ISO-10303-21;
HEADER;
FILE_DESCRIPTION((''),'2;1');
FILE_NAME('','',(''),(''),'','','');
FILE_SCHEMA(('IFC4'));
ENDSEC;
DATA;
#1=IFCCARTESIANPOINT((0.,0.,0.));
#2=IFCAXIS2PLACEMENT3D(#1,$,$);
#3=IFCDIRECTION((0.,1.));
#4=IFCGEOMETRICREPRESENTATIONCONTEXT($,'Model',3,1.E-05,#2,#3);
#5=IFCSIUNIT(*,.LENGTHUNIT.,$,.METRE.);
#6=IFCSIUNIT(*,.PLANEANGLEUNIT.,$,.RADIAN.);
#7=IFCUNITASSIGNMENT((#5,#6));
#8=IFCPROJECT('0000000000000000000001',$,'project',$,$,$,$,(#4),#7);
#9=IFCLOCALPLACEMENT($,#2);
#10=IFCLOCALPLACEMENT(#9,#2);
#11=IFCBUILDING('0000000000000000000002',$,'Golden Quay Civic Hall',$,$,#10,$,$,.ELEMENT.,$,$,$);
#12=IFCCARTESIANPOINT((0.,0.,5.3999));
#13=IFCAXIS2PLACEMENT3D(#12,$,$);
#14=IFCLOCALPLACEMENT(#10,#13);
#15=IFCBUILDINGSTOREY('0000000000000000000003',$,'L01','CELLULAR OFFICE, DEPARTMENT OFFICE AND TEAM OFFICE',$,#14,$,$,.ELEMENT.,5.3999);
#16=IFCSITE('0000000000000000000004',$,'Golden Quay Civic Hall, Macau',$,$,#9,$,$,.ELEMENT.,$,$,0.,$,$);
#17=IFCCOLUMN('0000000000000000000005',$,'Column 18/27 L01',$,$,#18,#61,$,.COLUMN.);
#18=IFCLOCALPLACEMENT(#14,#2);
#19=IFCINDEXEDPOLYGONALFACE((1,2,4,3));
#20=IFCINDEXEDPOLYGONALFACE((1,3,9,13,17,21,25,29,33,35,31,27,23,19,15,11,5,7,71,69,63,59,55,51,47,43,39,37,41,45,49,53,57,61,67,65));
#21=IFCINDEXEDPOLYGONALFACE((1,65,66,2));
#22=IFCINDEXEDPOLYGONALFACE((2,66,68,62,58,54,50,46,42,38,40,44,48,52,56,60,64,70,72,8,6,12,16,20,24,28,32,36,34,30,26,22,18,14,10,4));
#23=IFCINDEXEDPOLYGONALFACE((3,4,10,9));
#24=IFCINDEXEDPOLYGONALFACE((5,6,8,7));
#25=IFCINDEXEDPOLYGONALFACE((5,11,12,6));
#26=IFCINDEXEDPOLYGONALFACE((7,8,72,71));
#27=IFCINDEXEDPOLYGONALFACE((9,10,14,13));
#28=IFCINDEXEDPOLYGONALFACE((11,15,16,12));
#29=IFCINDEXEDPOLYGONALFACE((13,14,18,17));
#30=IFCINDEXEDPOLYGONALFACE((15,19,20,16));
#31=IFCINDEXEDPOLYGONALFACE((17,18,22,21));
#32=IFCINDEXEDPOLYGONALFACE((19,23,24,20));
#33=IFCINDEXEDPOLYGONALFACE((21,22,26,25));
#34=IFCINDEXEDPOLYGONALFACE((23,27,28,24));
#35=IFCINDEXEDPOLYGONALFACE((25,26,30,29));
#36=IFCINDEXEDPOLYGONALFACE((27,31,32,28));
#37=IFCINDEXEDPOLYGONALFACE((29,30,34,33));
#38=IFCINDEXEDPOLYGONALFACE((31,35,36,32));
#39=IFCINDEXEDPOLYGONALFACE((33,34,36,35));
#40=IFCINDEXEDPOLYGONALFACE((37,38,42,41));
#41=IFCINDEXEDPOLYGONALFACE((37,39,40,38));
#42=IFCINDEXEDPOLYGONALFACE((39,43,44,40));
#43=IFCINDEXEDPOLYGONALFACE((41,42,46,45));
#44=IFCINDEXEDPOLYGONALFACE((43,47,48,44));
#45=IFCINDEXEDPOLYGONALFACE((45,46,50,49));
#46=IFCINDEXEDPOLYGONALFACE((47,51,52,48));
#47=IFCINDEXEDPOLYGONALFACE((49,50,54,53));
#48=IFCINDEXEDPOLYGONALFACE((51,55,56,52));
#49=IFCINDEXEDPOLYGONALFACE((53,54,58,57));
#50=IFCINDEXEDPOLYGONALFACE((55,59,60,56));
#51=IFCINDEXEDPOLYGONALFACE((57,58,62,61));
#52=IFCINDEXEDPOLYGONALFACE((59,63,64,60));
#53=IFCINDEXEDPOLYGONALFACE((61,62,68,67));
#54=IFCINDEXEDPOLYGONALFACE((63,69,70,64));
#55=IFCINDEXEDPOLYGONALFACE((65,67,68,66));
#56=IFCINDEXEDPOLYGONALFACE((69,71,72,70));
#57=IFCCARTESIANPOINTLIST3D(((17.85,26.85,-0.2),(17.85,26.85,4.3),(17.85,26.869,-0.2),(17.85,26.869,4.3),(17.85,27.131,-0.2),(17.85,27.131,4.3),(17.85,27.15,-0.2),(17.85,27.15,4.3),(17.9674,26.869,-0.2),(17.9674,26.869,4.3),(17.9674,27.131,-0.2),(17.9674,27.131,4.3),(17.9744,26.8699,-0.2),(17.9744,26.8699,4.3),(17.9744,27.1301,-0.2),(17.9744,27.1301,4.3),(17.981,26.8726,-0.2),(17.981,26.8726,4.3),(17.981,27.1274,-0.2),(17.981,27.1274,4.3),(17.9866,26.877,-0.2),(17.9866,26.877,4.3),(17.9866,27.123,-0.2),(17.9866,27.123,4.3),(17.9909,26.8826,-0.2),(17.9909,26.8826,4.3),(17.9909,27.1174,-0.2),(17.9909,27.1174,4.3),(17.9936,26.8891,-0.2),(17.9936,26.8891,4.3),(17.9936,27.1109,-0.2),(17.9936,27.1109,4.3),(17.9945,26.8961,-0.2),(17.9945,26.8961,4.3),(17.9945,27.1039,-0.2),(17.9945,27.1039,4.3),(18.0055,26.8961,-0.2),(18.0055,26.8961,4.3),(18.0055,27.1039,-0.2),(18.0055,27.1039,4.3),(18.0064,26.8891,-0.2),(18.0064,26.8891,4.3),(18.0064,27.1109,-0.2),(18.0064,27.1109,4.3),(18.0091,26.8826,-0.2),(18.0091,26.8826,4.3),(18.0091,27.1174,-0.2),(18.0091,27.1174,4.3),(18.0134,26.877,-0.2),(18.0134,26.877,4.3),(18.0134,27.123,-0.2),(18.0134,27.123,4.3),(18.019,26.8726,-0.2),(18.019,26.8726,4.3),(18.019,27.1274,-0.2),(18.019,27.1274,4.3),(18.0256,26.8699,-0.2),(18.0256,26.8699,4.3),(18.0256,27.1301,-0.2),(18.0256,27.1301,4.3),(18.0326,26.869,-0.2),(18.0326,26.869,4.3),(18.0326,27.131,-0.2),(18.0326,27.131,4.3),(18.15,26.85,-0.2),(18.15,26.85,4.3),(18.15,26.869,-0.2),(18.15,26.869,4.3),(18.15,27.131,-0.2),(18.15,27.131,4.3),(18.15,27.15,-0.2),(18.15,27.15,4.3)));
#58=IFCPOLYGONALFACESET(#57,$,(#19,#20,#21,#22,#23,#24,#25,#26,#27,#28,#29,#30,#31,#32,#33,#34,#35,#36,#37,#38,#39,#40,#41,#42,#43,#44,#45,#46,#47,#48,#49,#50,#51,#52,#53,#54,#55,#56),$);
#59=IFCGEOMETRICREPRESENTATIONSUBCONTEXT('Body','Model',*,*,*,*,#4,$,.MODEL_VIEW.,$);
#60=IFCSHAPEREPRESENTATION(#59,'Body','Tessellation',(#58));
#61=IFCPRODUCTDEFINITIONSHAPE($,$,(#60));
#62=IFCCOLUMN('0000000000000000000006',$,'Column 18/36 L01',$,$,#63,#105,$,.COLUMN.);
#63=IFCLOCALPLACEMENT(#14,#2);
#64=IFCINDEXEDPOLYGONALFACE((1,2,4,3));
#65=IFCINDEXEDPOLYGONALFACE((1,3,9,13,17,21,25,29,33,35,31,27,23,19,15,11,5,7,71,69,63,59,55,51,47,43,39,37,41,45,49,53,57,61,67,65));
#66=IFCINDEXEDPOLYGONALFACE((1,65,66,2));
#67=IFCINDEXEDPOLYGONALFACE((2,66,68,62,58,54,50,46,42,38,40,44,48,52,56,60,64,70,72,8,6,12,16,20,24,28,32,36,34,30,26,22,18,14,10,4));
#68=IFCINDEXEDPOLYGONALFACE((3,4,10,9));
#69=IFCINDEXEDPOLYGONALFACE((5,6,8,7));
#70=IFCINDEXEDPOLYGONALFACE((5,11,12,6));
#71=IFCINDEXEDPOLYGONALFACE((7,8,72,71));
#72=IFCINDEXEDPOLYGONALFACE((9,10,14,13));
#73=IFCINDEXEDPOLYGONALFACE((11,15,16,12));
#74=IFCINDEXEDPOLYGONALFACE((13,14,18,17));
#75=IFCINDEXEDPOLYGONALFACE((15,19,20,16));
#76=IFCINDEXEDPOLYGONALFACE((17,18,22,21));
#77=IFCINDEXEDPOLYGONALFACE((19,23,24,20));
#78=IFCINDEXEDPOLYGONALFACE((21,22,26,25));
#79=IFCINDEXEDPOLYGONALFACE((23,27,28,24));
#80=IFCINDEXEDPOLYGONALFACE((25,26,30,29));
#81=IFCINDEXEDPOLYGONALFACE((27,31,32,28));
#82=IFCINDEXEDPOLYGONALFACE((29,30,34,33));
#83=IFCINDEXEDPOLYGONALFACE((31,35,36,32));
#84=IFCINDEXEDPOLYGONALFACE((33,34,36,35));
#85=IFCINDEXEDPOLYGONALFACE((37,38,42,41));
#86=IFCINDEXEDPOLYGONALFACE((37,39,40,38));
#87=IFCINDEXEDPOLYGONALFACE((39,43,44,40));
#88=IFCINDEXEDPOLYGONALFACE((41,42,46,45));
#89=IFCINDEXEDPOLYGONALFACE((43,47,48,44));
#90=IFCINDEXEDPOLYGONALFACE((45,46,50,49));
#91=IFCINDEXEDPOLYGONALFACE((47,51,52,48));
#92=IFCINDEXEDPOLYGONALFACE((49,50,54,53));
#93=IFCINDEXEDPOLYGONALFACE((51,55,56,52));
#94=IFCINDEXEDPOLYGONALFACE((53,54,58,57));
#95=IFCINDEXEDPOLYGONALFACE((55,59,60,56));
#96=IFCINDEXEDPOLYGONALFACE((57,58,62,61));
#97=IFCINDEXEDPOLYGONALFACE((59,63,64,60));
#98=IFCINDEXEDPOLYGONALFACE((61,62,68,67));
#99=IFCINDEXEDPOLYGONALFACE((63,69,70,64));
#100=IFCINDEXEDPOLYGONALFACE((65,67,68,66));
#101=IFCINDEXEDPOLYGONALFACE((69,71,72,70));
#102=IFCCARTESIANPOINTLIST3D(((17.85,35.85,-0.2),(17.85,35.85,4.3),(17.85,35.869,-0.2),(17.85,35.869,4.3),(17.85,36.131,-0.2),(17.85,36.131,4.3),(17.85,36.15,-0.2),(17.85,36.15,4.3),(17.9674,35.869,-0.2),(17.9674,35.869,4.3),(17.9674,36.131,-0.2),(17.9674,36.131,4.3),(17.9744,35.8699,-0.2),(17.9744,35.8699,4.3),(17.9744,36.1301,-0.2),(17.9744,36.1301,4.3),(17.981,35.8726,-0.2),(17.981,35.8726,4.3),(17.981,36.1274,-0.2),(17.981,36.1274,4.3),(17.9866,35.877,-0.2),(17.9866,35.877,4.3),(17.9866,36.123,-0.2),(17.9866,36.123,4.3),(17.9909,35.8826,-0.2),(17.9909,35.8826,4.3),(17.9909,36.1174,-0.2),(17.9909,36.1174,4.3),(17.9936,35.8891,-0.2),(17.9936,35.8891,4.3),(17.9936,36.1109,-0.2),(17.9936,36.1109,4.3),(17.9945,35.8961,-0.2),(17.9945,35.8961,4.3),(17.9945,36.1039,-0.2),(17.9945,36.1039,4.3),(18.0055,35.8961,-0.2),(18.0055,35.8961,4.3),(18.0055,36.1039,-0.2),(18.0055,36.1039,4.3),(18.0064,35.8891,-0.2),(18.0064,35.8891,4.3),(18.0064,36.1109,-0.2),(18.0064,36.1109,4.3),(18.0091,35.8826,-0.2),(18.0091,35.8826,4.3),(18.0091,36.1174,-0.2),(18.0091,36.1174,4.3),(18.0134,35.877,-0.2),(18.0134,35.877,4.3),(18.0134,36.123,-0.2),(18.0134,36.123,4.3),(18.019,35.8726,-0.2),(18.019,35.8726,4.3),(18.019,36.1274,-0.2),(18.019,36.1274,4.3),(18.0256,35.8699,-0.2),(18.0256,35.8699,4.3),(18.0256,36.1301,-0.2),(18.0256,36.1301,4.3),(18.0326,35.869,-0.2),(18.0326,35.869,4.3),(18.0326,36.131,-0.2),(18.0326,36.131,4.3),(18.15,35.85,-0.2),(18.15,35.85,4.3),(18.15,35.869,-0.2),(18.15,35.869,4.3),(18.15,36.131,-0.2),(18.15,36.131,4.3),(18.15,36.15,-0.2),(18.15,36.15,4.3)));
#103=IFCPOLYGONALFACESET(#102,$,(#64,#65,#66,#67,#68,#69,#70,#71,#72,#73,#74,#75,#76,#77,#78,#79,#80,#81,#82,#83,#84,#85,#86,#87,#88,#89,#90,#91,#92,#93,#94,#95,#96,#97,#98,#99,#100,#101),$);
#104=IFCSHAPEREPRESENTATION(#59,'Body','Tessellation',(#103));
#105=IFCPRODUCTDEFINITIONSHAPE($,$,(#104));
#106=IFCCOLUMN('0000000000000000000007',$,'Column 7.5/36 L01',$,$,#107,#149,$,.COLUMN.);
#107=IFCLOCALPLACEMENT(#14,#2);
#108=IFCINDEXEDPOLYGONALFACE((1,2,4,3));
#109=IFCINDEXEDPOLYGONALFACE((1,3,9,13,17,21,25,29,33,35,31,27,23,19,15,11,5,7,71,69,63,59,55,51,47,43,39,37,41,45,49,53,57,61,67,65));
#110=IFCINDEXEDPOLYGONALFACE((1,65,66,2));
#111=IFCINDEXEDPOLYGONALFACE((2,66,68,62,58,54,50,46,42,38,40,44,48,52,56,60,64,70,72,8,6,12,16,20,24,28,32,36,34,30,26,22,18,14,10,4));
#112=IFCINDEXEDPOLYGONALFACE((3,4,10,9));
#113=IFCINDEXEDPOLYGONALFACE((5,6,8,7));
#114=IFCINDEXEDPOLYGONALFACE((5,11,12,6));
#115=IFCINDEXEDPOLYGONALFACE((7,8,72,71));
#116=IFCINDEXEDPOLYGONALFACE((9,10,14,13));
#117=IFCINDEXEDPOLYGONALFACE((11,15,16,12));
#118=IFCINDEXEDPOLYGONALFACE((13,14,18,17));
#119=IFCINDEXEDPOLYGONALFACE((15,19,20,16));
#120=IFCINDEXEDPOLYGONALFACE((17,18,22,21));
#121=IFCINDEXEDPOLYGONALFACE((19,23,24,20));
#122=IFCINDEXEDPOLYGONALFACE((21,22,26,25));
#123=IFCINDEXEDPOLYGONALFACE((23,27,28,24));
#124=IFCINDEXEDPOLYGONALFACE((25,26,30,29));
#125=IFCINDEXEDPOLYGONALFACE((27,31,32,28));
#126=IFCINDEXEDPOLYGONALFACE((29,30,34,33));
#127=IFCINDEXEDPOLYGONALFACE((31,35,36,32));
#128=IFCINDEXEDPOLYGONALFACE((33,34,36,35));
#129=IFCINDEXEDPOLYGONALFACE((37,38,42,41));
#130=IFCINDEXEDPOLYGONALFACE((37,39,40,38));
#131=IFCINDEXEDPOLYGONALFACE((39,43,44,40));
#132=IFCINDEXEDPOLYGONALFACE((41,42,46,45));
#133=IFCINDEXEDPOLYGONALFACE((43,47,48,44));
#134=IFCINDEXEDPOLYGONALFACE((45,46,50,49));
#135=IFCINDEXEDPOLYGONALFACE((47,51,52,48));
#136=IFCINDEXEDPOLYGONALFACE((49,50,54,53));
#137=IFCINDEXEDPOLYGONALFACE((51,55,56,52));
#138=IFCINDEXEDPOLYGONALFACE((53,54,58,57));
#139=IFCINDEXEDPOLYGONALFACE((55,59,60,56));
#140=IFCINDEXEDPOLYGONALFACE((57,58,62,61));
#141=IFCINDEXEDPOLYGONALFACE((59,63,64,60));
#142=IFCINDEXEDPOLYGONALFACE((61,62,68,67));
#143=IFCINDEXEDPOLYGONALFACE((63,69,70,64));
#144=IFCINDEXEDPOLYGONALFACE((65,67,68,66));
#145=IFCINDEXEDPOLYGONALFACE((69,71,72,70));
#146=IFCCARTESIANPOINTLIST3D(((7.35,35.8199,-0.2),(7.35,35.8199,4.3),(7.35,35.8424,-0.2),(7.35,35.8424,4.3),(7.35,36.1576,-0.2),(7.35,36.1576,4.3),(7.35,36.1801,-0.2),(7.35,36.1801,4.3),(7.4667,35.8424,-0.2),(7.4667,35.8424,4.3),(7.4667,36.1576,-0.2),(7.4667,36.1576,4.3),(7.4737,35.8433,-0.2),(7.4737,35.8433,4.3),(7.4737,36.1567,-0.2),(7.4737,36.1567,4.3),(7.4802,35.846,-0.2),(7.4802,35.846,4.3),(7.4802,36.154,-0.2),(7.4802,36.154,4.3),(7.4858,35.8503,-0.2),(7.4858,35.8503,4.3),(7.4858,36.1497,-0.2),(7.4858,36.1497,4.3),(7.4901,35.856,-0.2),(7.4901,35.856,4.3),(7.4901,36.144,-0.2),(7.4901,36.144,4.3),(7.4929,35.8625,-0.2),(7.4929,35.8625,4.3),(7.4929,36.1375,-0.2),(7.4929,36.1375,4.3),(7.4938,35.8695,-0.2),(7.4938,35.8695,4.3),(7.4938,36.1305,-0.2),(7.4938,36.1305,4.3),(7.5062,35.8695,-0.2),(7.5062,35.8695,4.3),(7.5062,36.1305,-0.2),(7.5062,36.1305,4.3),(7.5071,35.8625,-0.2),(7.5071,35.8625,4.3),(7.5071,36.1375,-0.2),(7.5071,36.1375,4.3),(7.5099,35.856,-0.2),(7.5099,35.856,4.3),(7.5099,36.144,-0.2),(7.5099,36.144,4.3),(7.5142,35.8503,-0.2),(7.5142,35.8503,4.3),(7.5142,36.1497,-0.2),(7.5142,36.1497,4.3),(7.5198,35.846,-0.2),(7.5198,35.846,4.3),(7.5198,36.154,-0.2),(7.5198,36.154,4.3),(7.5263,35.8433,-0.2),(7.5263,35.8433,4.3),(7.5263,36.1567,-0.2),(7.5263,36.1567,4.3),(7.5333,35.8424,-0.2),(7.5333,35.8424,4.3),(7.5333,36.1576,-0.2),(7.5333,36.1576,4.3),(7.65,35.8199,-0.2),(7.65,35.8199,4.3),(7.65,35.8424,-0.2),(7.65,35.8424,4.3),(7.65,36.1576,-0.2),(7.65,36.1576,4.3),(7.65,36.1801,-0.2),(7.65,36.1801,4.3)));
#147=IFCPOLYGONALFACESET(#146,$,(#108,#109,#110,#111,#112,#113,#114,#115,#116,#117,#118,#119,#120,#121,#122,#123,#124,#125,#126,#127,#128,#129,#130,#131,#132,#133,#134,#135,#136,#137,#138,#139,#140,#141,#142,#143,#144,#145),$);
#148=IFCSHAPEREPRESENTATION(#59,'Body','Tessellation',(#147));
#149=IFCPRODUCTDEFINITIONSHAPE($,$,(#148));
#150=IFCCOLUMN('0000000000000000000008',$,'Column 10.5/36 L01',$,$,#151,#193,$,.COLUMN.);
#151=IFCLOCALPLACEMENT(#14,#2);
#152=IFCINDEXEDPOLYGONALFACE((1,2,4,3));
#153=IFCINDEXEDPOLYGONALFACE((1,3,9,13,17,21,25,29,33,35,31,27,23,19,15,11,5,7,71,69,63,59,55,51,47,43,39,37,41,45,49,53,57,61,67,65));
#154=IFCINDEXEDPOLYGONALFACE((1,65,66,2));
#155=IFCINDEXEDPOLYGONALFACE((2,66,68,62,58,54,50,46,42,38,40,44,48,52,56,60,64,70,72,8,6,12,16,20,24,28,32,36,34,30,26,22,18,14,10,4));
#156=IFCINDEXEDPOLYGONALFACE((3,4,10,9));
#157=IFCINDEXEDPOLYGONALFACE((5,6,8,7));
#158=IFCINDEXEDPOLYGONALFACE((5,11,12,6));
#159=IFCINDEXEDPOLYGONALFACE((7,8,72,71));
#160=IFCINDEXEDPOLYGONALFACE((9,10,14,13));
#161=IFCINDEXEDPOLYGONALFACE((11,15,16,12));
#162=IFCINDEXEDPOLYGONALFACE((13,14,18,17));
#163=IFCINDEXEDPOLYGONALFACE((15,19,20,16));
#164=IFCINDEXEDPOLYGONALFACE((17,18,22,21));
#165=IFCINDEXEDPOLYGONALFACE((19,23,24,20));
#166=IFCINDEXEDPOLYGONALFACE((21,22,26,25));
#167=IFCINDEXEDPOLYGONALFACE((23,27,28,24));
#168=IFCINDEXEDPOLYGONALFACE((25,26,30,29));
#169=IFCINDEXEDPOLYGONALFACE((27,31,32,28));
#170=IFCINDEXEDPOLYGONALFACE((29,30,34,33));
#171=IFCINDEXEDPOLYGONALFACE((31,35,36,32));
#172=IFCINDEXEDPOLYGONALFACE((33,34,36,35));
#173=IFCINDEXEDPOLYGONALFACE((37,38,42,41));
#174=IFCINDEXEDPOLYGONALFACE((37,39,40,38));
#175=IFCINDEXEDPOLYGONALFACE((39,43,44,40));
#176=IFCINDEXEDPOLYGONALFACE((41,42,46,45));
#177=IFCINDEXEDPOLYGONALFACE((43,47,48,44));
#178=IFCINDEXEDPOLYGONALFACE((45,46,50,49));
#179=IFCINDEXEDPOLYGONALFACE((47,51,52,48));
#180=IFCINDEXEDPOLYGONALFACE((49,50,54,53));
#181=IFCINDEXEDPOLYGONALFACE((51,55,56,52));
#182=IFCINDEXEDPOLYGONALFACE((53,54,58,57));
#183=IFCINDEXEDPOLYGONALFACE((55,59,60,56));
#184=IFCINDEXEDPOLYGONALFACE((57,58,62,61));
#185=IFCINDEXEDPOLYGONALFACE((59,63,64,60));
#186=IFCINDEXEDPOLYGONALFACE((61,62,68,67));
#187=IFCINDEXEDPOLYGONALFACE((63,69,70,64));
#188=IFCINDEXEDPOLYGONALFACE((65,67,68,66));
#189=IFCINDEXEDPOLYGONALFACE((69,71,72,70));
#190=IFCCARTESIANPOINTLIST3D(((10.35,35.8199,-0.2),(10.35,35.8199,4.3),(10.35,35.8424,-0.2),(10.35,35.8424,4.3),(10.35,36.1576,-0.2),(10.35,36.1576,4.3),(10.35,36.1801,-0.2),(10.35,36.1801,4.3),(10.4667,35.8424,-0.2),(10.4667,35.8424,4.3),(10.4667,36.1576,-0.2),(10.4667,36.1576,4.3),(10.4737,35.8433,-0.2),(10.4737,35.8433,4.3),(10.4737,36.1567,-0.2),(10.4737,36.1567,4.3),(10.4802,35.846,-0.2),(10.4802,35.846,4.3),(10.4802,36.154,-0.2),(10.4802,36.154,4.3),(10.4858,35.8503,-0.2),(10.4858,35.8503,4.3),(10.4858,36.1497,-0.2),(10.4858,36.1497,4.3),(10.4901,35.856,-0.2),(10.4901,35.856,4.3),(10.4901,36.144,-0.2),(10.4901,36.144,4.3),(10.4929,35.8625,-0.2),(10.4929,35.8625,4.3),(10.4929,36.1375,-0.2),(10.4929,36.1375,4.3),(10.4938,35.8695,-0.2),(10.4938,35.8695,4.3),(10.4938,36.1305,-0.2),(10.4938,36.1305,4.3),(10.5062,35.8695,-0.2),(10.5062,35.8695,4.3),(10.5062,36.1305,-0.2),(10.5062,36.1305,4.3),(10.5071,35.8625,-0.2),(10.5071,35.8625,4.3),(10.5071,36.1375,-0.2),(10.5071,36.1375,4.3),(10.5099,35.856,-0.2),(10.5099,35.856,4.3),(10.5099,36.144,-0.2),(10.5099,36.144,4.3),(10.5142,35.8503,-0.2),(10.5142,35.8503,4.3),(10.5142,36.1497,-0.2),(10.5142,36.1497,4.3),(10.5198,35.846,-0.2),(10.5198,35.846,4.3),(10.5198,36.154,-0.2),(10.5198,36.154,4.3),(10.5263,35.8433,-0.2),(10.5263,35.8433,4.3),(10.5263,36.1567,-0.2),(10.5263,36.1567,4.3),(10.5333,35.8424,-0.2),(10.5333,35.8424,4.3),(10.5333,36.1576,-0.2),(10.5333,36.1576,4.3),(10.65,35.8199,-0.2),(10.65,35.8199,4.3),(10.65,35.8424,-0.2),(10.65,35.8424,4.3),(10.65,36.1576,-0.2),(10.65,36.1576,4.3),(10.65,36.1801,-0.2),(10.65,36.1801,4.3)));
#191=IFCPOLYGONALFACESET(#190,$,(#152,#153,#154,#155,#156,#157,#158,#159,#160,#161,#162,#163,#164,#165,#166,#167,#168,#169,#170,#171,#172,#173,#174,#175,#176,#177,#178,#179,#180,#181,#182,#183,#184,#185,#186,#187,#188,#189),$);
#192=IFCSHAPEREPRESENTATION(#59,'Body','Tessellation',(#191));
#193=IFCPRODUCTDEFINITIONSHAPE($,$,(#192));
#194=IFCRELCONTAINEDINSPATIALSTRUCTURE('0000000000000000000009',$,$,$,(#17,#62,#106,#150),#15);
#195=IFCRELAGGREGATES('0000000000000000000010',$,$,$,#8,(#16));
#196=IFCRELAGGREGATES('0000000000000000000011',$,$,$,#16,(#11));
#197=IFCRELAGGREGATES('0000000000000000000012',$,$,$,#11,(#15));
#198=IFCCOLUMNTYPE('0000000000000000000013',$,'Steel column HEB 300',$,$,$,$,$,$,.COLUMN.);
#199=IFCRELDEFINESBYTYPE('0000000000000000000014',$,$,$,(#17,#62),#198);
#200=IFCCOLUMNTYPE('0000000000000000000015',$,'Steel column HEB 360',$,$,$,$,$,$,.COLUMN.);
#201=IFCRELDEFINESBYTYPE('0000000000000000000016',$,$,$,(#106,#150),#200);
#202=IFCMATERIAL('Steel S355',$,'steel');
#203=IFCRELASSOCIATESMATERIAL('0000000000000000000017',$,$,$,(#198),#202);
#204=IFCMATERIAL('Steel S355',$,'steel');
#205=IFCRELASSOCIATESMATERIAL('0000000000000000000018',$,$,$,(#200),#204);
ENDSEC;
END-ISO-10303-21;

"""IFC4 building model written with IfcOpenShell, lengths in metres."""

from ifc_helpers import new_model, si_unit, direction, frame, origin, origin_2d, place, context, subcontext, project, spatial, i_section, extrude, material, material_profile, profile_set, type_object, element, save


model = new_model("IFC4")

# Units and contexts
model_context = context("Model", 3, precision=1e-05, world=origin(), true_north=direction((0.0, 1.0)))
body_context = subcontext(model_context, "Body", "Model", "MODEL_VIEW")
ifc_project = project(units=[si_unit("LENGTHUNIT", "METRE"), si_unit("PLANEANGLEUNIT", "RADIAN")], contexts=[model_context])

# Site, building, storey
site_placement = place(None, origin())
site = spatial("IfcSite", under=ifc_project, at=site_placement, Name="Golden Quay Civic Hall, Macau", CompositionType="ELEMENT", RefElevation=0.0)
building_placement = place(site_placement, origin())
building = spatial("IfcBuilding", under=site, at=building_placement, Name="Golden Quay Civic Hall", CompositionType="ELEMENT")
storey_placement = place(building_placement, frame((0.0, 0.0, 5.3999)))
storey = spatial("IfcBuildingStorey", under=building, at=storey_placement, Name="L01", Description="CELLULAR OFFICE, DEPARTMENT OFFICE AND TEAM OFFICE", CompositionType="ELEMENT", Elevation=5.3999)

# Columns
ifc_material_1 = material(Name="Steel S355", Category="steel")
ifc_material_profile_1 = material_profile(ifc_material_1, i_section(OverallWidth=0.3, OverallDepth=0.3, WebThickness=0.011, FlangeThickness=0.019, FilletRadius=0.0271, at=origin_2d()), Name="HEB 300")
ifc_profile_set_1 = profile_set([ifc_material_profile_1], Name="Steel S355")
column_type_1 = type_object("IfcColumnType", Name="Steel column HEB 300", PredefinedType="COLUMN", material=ifc_profile_set_1)
for number, where, z_axis, x_axis, name in (
    (1, (18.0, 27.0, -0.2), (0.0, 0.0, 1.0), (1.0, 0.0, 0.0), "Column 18/27 L01"),
    (2, (18.0, 36.0, -0.2), (0.0, 0.0, 1.0), (1.0, 0.0, 0.0), "Column 18/36 L01"),
):
    element("IfcColumn", number, at=place(storey_placement, frame(where, z_axis=z_axis, x_axis=x_axis)), inside=storey, type_object=column_type_1, Name=name, PredefinedType="COLUMN", context=body_context, shape_type="SweptSolid", body=[
        extrude(i_section(OverallWidth=0.3, OverallDepth=0.3, WebThickness=0.011, FlangeThickness=0.019, FilletRadius=0.0271, at=origin_2d()), origin(), (0.0, 0.0, 1.0), 4.5),
    ])
ifc_material_2 = material(Name="Steel S355", Category="steel")
ifc_material_profile_2 = material_profile(ifc_material_2, i_section(OverallWidth=0.3, OverallDepth=0.3601, WebThickness=0.0125, FlangeThickness=0.0225, FilletRadius=0.0271, at=origin_2d()), Name="HEB 360")
ifc_profile_set_2 = profile_set([ifc_material_profile_2], Name="Steel S355")
column_type_2 = type_object("IfcColumnType", Name="Steel column HEB 360", PredefinedType="COLUMN", material=ifc_profile_set_2)
for number, where, z_axis, x_axis, name in (
    (3, (7.5, 36.0, -0.2), (0.0, 0.0, 1.0), (1.0, 0.0, 0.0), "Column 7.5/36 L01"),
    (4, (10.5, 36.0, -0.2), (0.0, 0.0, 1.0), (1.0, 0.0, 0.0), "Column 10.5/36 L01"),
):
    element("IfcColumn", number, at=place(storey_placement, frame(where, z_axis=z_axis, x_axis=x_axis)), inside=storey, type_object=column_type_2, Name=name, PredefinedType="COLUMN", context=body_context, shape_type="SweptSolid", body=[
        extrude(i_section(OverallWidth=0.3, OverallDepth=0.3601, WebThickness=0.0125, FlangeThickness=0.0225, FilletRadius=0.0271, at=origin_2d()), origin(), (0.0, 0.0, 1.0), 4.5),
    ])

save(model, "model.ifc")
